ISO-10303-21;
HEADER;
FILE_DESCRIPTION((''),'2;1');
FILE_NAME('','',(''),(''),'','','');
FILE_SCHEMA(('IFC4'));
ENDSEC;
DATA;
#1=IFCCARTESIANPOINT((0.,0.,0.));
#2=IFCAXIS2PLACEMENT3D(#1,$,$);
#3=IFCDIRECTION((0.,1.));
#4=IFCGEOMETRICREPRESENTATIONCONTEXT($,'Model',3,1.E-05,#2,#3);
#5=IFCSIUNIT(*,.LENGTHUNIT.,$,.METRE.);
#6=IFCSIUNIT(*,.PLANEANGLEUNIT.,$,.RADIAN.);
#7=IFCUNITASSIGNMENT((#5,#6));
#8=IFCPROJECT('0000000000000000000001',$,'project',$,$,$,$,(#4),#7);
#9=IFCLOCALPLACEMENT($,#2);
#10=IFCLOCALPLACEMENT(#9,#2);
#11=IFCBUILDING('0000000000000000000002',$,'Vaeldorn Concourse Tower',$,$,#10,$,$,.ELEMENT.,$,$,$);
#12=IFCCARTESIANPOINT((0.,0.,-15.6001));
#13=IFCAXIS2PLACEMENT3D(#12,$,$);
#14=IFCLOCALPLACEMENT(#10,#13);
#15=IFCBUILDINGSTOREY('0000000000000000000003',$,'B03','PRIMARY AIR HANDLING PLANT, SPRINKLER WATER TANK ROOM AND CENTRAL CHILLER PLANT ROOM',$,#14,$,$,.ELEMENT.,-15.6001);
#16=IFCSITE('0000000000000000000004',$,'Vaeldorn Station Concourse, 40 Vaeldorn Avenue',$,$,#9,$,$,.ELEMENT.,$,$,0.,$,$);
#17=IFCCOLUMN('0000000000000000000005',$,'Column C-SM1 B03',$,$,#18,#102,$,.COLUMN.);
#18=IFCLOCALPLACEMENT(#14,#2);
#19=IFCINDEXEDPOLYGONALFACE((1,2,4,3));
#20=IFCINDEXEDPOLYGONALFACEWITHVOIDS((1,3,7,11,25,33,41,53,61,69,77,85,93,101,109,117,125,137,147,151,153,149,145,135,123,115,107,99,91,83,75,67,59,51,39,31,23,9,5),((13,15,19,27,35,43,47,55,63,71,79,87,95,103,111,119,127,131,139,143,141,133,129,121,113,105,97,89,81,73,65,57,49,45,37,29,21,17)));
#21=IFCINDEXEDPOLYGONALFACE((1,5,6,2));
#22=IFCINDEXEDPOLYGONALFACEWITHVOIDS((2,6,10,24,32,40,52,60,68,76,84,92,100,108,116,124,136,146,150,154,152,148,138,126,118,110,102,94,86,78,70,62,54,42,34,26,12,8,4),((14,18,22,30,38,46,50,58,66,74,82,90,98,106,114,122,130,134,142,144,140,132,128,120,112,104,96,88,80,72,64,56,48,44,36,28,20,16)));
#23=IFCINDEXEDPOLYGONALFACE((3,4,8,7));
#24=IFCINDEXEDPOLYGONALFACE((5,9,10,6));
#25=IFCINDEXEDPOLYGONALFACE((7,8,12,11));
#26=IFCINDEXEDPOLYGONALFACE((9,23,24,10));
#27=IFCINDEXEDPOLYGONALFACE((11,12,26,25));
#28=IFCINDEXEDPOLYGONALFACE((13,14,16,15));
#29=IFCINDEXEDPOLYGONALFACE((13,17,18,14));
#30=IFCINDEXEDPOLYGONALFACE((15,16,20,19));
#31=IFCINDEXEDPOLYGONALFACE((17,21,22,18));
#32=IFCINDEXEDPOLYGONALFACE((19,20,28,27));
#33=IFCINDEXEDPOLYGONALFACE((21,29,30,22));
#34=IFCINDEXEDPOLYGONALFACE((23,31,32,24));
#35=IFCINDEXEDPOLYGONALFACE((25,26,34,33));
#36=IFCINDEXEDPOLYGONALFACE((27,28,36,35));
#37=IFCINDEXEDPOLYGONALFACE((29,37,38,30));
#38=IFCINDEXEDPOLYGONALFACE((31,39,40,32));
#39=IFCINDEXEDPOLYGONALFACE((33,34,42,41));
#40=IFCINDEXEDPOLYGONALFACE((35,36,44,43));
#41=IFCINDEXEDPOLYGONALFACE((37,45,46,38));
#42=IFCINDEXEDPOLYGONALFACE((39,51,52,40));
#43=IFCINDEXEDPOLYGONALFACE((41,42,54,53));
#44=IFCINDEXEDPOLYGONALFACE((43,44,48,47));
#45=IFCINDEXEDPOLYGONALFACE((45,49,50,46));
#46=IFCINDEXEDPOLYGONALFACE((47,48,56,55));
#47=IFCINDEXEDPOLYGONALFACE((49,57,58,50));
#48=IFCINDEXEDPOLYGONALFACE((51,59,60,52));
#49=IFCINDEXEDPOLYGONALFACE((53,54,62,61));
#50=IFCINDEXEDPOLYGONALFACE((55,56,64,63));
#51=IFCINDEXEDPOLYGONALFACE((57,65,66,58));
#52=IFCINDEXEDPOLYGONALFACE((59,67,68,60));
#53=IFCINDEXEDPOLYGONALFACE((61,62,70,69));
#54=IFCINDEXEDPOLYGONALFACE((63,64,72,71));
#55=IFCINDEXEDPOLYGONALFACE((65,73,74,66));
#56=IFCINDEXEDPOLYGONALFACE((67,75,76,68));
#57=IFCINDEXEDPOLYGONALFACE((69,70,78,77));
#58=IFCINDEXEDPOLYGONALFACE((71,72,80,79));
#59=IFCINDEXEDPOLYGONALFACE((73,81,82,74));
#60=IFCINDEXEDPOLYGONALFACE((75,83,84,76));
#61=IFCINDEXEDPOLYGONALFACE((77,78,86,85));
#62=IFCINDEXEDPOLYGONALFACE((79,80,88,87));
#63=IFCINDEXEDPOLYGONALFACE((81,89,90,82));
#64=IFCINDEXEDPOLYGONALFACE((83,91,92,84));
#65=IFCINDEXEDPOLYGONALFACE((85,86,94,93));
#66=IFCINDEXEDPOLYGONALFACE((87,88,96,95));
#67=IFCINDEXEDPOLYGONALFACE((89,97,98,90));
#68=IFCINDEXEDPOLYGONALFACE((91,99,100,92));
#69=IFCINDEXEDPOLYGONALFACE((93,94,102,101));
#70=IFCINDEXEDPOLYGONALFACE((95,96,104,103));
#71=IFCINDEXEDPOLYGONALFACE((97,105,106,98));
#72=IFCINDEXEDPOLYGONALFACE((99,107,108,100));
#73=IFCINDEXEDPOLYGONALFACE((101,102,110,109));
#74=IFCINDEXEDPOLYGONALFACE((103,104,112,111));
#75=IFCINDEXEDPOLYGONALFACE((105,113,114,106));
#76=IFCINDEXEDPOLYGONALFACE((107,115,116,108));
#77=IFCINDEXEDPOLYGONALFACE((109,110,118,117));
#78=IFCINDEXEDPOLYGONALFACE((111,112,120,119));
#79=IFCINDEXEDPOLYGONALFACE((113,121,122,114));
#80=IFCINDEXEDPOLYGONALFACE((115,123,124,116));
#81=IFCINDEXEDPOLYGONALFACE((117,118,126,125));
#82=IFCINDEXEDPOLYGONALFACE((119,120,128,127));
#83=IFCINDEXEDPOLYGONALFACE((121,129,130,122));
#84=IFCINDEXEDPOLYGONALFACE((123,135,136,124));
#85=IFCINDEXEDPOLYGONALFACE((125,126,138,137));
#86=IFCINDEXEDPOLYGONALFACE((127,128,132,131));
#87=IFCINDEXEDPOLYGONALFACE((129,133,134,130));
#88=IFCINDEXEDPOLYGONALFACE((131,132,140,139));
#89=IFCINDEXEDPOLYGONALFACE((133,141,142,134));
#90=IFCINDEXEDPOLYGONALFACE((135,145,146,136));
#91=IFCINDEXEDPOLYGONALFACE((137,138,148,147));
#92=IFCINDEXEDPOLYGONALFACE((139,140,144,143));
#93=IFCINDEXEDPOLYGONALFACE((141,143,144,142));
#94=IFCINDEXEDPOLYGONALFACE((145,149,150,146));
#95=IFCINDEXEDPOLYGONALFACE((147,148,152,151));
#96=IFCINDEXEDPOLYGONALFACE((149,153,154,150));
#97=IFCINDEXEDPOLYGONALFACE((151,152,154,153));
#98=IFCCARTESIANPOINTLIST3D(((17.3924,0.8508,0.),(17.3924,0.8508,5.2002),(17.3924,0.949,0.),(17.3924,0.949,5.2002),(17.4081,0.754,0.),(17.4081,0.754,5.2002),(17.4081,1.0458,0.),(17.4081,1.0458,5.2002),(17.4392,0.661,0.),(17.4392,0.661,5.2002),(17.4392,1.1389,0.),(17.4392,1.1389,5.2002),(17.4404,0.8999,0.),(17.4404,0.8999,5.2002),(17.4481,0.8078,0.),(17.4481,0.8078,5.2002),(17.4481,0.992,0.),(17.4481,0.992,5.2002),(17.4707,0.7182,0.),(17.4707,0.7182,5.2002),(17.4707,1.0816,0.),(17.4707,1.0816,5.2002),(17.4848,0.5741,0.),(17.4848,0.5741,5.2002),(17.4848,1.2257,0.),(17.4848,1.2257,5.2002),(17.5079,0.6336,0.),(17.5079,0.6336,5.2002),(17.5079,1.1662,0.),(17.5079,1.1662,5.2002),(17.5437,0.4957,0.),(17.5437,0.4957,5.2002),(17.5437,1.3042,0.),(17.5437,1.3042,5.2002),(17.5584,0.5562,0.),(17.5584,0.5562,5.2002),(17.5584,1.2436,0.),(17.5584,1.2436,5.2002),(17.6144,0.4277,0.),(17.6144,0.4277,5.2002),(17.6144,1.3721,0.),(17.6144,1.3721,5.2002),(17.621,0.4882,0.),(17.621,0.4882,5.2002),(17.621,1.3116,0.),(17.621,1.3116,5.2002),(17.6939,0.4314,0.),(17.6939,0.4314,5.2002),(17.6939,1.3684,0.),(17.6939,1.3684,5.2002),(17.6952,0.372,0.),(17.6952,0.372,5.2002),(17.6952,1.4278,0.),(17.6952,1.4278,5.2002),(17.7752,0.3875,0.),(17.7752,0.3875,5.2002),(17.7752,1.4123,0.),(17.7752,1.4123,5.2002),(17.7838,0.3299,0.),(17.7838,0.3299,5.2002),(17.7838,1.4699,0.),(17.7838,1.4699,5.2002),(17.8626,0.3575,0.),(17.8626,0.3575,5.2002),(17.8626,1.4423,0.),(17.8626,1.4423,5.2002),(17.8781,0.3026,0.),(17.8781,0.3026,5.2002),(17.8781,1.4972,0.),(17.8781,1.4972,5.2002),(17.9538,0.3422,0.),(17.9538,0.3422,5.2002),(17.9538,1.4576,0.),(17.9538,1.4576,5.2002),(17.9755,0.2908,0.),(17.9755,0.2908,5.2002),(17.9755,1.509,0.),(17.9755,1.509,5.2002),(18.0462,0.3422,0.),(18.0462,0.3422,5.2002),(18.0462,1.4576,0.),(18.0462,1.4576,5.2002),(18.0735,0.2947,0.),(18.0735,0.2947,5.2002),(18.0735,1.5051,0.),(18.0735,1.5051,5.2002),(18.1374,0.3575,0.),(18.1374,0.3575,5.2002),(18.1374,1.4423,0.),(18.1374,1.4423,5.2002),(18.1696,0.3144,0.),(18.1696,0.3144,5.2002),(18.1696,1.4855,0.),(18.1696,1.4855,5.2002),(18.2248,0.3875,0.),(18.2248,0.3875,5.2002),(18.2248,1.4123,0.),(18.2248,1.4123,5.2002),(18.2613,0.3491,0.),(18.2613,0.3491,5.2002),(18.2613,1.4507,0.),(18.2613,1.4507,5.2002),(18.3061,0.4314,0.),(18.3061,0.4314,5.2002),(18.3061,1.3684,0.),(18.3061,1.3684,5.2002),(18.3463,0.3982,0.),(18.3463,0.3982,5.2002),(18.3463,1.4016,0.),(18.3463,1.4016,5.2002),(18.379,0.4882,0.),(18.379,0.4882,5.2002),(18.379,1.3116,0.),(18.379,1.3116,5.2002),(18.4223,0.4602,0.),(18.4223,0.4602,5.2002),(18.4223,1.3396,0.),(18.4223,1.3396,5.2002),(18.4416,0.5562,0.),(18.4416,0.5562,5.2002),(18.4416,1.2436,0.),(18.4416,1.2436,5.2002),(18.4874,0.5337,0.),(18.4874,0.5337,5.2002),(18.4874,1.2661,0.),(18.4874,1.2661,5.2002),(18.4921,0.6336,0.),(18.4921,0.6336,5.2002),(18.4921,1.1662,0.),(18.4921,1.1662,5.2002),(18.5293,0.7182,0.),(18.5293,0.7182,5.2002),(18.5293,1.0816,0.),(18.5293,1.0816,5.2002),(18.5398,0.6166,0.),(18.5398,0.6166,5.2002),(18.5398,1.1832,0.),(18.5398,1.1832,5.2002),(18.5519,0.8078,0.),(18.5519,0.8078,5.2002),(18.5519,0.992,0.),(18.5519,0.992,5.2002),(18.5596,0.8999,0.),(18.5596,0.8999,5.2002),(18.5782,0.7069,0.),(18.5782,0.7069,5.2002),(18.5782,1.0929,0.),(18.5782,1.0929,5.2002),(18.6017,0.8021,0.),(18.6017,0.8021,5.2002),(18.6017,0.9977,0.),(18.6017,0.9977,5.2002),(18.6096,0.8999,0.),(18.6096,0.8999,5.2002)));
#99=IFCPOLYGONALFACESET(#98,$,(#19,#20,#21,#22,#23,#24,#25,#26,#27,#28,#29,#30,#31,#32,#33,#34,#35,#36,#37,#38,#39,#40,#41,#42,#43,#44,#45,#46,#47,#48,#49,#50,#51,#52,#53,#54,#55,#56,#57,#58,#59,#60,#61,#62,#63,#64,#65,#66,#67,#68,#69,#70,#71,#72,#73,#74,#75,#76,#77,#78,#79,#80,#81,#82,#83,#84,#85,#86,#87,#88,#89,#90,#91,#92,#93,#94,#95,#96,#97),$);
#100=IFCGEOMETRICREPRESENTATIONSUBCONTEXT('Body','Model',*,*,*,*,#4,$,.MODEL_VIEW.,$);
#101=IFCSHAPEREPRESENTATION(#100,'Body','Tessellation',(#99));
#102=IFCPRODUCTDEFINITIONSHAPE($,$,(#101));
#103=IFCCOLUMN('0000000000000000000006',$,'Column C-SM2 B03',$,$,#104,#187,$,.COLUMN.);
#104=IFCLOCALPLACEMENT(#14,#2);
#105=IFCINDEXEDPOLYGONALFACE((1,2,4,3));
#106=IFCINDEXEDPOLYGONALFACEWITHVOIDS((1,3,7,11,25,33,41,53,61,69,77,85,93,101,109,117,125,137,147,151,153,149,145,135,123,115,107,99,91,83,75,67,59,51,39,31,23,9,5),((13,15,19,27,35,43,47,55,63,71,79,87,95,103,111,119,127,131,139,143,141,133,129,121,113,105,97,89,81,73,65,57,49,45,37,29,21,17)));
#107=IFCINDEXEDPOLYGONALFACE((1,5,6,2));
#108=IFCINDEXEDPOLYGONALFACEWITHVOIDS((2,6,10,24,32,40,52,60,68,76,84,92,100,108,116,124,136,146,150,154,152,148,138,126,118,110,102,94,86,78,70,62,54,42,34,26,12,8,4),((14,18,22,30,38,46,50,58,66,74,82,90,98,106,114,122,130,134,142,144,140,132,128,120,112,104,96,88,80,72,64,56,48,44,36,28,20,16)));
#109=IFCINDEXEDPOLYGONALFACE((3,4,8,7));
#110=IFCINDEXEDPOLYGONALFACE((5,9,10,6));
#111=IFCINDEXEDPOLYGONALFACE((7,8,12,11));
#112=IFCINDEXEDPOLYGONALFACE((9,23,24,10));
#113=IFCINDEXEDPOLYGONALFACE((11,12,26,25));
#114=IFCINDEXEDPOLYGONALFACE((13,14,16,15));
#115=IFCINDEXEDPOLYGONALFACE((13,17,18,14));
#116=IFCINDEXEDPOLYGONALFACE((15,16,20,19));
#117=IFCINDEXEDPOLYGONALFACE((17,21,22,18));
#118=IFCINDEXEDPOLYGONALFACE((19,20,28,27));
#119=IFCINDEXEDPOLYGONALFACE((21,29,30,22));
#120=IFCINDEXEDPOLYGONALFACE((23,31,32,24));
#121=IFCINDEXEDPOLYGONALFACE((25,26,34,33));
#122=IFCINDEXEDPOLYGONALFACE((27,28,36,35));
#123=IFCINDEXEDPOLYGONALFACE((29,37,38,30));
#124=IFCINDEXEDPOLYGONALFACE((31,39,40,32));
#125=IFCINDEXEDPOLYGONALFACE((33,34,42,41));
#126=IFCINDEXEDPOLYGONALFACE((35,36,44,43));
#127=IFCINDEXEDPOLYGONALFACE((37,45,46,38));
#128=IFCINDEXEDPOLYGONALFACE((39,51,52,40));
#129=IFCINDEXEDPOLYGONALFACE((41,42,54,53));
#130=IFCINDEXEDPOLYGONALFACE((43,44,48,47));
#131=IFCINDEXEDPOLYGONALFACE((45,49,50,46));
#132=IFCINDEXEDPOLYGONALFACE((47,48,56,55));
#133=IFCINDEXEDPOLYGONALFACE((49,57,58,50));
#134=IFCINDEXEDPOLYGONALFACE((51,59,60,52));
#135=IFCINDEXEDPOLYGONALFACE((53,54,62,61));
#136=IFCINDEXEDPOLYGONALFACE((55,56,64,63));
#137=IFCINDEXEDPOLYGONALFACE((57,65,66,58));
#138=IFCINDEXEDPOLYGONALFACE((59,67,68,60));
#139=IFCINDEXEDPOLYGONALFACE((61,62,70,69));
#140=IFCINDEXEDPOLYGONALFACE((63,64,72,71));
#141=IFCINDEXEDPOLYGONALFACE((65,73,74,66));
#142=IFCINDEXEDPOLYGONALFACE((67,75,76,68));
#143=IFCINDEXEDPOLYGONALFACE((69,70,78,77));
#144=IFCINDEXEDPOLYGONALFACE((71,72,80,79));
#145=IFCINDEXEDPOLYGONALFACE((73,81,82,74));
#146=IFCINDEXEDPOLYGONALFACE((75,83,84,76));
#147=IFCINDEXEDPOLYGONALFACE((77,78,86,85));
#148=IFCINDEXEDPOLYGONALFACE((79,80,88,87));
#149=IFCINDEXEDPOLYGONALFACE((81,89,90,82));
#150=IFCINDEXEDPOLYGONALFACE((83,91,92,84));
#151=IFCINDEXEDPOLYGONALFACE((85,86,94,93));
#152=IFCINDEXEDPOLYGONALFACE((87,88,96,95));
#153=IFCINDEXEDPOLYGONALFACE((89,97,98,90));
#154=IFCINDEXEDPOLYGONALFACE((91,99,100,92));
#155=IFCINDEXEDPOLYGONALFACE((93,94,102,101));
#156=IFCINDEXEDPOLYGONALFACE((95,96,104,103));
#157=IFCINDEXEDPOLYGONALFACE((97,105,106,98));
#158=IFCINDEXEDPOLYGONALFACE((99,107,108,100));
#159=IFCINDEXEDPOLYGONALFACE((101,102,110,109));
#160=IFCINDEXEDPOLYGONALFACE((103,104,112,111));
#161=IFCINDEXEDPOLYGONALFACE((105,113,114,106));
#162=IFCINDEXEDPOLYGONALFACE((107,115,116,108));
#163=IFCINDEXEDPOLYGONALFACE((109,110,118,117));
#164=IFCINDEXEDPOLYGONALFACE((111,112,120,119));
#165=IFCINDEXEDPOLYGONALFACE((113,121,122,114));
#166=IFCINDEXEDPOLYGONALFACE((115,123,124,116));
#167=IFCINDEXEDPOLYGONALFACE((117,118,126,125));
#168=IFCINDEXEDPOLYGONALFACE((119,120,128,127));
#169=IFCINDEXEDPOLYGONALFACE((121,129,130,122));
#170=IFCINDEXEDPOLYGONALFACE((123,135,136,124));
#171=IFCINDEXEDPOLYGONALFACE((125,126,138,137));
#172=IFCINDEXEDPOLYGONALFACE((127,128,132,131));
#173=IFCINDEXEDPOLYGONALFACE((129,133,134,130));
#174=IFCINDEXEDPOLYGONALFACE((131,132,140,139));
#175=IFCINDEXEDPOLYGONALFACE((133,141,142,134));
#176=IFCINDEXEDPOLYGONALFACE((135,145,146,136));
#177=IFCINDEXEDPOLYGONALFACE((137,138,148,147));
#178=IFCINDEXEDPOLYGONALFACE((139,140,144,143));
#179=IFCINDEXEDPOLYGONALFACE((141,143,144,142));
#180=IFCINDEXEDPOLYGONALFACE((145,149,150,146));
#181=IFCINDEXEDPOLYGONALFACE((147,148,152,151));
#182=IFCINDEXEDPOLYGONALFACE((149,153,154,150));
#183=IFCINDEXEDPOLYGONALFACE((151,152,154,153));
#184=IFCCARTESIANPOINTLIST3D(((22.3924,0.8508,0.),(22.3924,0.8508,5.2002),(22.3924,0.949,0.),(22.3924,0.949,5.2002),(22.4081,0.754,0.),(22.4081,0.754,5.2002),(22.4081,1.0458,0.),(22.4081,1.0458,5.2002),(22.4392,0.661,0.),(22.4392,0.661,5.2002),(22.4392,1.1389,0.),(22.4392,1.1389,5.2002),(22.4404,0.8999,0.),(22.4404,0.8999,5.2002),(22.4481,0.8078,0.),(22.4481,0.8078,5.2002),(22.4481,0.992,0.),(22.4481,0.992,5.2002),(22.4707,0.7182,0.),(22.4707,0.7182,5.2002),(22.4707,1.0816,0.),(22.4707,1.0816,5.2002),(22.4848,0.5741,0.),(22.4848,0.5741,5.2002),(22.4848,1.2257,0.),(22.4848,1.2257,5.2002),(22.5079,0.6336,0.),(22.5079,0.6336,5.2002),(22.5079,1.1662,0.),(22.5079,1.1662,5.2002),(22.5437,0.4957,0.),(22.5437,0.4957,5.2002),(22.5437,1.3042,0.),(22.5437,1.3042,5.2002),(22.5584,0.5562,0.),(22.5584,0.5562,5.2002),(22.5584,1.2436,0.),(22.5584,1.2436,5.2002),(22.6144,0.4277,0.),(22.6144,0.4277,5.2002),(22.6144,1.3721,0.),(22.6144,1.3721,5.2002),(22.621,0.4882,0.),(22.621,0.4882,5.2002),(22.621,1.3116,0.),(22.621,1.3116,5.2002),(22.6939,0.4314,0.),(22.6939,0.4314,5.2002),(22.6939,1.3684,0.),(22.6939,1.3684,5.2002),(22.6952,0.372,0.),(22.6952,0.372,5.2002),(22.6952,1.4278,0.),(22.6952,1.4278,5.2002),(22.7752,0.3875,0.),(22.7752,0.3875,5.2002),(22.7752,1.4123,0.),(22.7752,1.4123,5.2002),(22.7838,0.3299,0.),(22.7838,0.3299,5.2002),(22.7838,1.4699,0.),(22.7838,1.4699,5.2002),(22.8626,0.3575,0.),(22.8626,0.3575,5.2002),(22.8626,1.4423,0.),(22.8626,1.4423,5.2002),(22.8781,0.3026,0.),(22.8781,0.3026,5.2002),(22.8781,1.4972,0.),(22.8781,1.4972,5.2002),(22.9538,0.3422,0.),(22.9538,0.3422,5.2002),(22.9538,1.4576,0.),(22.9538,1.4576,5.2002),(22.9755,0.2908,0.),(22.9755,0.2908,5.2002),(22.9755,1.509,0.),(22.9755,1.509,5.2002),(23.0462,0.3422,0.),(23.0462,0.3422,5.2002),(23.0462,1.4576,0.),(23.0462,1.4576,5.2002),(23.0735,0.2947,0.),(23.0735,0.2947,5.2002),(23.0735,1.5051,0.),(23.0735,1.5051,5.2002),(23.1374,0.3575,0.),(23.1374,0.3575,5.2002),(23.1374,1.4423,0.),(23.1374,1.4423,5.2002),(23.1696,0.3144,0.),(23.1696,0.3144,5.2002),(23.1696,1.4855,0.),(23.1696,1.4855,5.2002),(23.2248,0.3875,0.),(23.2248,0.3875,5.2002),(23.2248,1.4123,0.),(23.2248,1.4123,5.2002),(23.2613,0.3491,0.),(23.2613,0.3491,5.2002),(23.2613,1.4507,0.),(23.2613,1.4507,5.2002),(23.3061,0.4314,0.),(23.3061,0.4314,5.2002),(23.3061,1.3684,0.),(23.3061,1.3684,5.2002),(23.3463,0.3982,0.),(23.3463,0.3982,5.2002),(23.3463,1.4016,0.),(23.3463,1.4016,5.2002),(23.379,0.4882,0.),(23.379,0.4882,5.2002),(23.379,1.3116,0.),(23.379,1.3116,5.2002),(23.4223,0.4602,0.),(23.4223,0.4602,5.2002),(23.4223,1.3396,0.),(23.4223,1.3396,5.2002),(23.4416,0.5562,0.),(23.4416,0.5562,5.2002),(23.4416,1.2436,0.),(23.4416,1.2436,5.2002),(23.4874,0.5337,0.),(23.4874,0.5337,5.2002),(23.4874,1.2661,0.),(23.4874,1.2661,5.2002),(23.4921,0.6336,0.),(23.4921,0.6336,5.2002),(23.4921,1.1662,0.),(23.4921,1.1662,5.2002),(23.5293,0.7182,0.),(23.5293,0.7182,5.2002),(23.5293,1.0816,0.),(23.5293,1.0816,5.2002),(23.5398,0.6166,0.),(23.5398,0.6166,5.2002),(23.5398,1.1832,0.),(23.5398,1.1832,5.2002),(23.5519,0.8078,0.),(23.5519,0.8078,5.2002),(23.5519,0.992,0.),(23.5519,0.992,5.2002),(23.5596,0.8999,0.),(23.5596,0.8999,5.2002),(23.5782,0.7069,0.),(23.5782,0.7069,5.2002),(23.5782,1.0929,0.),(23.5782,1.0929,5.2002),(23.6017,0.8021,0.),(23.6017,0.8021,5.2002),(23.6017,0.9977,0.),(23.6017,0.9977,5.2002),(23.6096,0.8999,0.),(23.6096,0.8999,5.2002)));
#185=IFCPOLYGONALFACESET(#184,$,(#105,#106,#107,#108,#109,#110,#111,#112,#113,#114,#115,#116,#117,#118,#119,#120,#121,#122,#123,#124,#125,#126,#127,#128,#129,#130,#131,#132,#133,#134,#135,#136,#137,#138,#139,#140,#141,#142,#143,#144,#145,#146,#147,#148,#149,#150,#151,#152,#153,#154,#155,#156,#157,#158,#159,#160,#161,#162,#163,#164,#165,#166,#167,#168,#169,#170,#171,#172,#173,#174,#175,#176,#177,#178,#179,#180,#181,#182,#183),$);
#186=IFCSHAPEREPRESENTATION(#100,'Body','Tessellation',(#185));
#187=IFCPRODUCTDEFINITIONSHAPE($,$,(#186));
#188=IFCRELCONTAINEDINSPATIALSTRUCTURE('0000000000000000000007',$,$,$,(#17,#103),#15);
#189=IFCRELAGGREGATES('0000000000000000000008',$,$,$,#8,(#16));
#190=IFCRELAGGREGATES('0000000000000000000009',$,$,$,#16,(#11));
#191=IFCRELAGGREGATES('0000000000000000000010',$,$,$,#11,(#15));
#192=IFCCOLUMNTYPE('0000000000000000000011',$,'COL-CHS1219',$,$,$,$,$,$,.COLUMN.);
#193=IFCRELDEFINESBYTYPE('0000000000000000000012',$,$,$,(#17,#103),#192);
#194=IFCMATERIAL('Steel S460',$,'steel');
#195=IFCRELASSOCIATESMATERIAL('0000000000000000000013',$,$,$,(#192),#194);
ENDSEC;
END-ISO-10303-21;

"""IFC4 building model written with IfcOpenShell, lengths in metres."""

from ifc_helpers import new_model, si_unit, direction, frame, origin, origin_2d, place, context, subcontext, project, spatial, hollow_circle, extrude, source, transform, mapped, material, material_profile, profile_set, type_object, element, save


model = new_model("IFC4")

# Units and contexts
model_context = context("Model", 3, precision=1e-05, world=origin(), true_north=direction((0.0, 1.0)))
body_context = subcontext(model_context, "Body", "Model", "MODEL_VIEW")
ifc_project = project(units=[si_unit("LENGTHUNIT", "METRE"), si_unit("PLANEANGLEUNIT", "RADIAN")], contexts=[model_context])

# Site, building, storey
site_placement = place(None, origin())
site = spatial("IfcSite", under=ifc_project, at=site_placement, Name="Vaeldorn Station Concourse, 40 Vaeldorn Avenue", CompositionType="ELEMENT", RefElevation=0.0)
building_placement = place(site_placement, origin())
building = spatial("IfcBuilding", under=site, at=building_placement, Name="Vaeldorn Concourse Tower", CompositionType="ELEMENT")
storey_placement = place(building_placement, frame((0.0, 0.0, -15.6001)))
storey = spatial("IfcBuildingStorey", under=building, at=storey_placement, Name="B03", Description="PRIMARY AIR HANDLING PLANT, SPRINKLER WATER TANK ROOM AND CENTRAL CHILLER PLANT ROOM", CompositionType="ELEMENT", Elevation=-15.6001)

# Columns
ifc_material_1 = material(Name="Steel S460", Category="steel")
ifc_material_profile_1 = material_profile(ifc_material_1, hollow_circle(Radius=0.6096, WallThickness=0.05, at=origin_2d()), Name="CHS 1219x50")
ifc_profile_set_1 = profile_set([ifc_material_profile_1], Name="Steel S460")
column_type = type_object("IfcColumnType", Name="COL-CHS1219", PredefinedType="COLUMN", material=ifc_profile_set_1)
shared_shape_1 = source(origin(), body_context, "Body", "SweptSolid", [
    extrude(hollow_circle(Radius=0.6096, WallThickness=0.05, at=origin_2d()), origin(), (0.0, 0.0, 1.0), 5.2002),
])
for number, where, z_axis, x_axis, name in (
    (1, (18.0, 0.8999, 0.0), (0.0, 0.0, 1.0), (1.0, 0.0, 0.0), "Column C-SM1 B03"),
    (2, (23.0, 0.8999, 0.0), (0.0, 0.0, 1.0), (1.0, 0.0, 0.0), "Column C-SM2 B03"),
):
    element("IfcColumn", number, at=place(storey_placement, frame(where, z_axis=z_axis, x_axis=x_axis)), inside=storey, type_object=column_type, Name=name, PredefinedType="COLUMN", context=body_context, shape_type="MappedRepresentation", body=[
        mapped(shared_shape_1, transform((0.0, 0.0, 0.0), scale=1.0)),
    ])

save(model, "model.ifc")
